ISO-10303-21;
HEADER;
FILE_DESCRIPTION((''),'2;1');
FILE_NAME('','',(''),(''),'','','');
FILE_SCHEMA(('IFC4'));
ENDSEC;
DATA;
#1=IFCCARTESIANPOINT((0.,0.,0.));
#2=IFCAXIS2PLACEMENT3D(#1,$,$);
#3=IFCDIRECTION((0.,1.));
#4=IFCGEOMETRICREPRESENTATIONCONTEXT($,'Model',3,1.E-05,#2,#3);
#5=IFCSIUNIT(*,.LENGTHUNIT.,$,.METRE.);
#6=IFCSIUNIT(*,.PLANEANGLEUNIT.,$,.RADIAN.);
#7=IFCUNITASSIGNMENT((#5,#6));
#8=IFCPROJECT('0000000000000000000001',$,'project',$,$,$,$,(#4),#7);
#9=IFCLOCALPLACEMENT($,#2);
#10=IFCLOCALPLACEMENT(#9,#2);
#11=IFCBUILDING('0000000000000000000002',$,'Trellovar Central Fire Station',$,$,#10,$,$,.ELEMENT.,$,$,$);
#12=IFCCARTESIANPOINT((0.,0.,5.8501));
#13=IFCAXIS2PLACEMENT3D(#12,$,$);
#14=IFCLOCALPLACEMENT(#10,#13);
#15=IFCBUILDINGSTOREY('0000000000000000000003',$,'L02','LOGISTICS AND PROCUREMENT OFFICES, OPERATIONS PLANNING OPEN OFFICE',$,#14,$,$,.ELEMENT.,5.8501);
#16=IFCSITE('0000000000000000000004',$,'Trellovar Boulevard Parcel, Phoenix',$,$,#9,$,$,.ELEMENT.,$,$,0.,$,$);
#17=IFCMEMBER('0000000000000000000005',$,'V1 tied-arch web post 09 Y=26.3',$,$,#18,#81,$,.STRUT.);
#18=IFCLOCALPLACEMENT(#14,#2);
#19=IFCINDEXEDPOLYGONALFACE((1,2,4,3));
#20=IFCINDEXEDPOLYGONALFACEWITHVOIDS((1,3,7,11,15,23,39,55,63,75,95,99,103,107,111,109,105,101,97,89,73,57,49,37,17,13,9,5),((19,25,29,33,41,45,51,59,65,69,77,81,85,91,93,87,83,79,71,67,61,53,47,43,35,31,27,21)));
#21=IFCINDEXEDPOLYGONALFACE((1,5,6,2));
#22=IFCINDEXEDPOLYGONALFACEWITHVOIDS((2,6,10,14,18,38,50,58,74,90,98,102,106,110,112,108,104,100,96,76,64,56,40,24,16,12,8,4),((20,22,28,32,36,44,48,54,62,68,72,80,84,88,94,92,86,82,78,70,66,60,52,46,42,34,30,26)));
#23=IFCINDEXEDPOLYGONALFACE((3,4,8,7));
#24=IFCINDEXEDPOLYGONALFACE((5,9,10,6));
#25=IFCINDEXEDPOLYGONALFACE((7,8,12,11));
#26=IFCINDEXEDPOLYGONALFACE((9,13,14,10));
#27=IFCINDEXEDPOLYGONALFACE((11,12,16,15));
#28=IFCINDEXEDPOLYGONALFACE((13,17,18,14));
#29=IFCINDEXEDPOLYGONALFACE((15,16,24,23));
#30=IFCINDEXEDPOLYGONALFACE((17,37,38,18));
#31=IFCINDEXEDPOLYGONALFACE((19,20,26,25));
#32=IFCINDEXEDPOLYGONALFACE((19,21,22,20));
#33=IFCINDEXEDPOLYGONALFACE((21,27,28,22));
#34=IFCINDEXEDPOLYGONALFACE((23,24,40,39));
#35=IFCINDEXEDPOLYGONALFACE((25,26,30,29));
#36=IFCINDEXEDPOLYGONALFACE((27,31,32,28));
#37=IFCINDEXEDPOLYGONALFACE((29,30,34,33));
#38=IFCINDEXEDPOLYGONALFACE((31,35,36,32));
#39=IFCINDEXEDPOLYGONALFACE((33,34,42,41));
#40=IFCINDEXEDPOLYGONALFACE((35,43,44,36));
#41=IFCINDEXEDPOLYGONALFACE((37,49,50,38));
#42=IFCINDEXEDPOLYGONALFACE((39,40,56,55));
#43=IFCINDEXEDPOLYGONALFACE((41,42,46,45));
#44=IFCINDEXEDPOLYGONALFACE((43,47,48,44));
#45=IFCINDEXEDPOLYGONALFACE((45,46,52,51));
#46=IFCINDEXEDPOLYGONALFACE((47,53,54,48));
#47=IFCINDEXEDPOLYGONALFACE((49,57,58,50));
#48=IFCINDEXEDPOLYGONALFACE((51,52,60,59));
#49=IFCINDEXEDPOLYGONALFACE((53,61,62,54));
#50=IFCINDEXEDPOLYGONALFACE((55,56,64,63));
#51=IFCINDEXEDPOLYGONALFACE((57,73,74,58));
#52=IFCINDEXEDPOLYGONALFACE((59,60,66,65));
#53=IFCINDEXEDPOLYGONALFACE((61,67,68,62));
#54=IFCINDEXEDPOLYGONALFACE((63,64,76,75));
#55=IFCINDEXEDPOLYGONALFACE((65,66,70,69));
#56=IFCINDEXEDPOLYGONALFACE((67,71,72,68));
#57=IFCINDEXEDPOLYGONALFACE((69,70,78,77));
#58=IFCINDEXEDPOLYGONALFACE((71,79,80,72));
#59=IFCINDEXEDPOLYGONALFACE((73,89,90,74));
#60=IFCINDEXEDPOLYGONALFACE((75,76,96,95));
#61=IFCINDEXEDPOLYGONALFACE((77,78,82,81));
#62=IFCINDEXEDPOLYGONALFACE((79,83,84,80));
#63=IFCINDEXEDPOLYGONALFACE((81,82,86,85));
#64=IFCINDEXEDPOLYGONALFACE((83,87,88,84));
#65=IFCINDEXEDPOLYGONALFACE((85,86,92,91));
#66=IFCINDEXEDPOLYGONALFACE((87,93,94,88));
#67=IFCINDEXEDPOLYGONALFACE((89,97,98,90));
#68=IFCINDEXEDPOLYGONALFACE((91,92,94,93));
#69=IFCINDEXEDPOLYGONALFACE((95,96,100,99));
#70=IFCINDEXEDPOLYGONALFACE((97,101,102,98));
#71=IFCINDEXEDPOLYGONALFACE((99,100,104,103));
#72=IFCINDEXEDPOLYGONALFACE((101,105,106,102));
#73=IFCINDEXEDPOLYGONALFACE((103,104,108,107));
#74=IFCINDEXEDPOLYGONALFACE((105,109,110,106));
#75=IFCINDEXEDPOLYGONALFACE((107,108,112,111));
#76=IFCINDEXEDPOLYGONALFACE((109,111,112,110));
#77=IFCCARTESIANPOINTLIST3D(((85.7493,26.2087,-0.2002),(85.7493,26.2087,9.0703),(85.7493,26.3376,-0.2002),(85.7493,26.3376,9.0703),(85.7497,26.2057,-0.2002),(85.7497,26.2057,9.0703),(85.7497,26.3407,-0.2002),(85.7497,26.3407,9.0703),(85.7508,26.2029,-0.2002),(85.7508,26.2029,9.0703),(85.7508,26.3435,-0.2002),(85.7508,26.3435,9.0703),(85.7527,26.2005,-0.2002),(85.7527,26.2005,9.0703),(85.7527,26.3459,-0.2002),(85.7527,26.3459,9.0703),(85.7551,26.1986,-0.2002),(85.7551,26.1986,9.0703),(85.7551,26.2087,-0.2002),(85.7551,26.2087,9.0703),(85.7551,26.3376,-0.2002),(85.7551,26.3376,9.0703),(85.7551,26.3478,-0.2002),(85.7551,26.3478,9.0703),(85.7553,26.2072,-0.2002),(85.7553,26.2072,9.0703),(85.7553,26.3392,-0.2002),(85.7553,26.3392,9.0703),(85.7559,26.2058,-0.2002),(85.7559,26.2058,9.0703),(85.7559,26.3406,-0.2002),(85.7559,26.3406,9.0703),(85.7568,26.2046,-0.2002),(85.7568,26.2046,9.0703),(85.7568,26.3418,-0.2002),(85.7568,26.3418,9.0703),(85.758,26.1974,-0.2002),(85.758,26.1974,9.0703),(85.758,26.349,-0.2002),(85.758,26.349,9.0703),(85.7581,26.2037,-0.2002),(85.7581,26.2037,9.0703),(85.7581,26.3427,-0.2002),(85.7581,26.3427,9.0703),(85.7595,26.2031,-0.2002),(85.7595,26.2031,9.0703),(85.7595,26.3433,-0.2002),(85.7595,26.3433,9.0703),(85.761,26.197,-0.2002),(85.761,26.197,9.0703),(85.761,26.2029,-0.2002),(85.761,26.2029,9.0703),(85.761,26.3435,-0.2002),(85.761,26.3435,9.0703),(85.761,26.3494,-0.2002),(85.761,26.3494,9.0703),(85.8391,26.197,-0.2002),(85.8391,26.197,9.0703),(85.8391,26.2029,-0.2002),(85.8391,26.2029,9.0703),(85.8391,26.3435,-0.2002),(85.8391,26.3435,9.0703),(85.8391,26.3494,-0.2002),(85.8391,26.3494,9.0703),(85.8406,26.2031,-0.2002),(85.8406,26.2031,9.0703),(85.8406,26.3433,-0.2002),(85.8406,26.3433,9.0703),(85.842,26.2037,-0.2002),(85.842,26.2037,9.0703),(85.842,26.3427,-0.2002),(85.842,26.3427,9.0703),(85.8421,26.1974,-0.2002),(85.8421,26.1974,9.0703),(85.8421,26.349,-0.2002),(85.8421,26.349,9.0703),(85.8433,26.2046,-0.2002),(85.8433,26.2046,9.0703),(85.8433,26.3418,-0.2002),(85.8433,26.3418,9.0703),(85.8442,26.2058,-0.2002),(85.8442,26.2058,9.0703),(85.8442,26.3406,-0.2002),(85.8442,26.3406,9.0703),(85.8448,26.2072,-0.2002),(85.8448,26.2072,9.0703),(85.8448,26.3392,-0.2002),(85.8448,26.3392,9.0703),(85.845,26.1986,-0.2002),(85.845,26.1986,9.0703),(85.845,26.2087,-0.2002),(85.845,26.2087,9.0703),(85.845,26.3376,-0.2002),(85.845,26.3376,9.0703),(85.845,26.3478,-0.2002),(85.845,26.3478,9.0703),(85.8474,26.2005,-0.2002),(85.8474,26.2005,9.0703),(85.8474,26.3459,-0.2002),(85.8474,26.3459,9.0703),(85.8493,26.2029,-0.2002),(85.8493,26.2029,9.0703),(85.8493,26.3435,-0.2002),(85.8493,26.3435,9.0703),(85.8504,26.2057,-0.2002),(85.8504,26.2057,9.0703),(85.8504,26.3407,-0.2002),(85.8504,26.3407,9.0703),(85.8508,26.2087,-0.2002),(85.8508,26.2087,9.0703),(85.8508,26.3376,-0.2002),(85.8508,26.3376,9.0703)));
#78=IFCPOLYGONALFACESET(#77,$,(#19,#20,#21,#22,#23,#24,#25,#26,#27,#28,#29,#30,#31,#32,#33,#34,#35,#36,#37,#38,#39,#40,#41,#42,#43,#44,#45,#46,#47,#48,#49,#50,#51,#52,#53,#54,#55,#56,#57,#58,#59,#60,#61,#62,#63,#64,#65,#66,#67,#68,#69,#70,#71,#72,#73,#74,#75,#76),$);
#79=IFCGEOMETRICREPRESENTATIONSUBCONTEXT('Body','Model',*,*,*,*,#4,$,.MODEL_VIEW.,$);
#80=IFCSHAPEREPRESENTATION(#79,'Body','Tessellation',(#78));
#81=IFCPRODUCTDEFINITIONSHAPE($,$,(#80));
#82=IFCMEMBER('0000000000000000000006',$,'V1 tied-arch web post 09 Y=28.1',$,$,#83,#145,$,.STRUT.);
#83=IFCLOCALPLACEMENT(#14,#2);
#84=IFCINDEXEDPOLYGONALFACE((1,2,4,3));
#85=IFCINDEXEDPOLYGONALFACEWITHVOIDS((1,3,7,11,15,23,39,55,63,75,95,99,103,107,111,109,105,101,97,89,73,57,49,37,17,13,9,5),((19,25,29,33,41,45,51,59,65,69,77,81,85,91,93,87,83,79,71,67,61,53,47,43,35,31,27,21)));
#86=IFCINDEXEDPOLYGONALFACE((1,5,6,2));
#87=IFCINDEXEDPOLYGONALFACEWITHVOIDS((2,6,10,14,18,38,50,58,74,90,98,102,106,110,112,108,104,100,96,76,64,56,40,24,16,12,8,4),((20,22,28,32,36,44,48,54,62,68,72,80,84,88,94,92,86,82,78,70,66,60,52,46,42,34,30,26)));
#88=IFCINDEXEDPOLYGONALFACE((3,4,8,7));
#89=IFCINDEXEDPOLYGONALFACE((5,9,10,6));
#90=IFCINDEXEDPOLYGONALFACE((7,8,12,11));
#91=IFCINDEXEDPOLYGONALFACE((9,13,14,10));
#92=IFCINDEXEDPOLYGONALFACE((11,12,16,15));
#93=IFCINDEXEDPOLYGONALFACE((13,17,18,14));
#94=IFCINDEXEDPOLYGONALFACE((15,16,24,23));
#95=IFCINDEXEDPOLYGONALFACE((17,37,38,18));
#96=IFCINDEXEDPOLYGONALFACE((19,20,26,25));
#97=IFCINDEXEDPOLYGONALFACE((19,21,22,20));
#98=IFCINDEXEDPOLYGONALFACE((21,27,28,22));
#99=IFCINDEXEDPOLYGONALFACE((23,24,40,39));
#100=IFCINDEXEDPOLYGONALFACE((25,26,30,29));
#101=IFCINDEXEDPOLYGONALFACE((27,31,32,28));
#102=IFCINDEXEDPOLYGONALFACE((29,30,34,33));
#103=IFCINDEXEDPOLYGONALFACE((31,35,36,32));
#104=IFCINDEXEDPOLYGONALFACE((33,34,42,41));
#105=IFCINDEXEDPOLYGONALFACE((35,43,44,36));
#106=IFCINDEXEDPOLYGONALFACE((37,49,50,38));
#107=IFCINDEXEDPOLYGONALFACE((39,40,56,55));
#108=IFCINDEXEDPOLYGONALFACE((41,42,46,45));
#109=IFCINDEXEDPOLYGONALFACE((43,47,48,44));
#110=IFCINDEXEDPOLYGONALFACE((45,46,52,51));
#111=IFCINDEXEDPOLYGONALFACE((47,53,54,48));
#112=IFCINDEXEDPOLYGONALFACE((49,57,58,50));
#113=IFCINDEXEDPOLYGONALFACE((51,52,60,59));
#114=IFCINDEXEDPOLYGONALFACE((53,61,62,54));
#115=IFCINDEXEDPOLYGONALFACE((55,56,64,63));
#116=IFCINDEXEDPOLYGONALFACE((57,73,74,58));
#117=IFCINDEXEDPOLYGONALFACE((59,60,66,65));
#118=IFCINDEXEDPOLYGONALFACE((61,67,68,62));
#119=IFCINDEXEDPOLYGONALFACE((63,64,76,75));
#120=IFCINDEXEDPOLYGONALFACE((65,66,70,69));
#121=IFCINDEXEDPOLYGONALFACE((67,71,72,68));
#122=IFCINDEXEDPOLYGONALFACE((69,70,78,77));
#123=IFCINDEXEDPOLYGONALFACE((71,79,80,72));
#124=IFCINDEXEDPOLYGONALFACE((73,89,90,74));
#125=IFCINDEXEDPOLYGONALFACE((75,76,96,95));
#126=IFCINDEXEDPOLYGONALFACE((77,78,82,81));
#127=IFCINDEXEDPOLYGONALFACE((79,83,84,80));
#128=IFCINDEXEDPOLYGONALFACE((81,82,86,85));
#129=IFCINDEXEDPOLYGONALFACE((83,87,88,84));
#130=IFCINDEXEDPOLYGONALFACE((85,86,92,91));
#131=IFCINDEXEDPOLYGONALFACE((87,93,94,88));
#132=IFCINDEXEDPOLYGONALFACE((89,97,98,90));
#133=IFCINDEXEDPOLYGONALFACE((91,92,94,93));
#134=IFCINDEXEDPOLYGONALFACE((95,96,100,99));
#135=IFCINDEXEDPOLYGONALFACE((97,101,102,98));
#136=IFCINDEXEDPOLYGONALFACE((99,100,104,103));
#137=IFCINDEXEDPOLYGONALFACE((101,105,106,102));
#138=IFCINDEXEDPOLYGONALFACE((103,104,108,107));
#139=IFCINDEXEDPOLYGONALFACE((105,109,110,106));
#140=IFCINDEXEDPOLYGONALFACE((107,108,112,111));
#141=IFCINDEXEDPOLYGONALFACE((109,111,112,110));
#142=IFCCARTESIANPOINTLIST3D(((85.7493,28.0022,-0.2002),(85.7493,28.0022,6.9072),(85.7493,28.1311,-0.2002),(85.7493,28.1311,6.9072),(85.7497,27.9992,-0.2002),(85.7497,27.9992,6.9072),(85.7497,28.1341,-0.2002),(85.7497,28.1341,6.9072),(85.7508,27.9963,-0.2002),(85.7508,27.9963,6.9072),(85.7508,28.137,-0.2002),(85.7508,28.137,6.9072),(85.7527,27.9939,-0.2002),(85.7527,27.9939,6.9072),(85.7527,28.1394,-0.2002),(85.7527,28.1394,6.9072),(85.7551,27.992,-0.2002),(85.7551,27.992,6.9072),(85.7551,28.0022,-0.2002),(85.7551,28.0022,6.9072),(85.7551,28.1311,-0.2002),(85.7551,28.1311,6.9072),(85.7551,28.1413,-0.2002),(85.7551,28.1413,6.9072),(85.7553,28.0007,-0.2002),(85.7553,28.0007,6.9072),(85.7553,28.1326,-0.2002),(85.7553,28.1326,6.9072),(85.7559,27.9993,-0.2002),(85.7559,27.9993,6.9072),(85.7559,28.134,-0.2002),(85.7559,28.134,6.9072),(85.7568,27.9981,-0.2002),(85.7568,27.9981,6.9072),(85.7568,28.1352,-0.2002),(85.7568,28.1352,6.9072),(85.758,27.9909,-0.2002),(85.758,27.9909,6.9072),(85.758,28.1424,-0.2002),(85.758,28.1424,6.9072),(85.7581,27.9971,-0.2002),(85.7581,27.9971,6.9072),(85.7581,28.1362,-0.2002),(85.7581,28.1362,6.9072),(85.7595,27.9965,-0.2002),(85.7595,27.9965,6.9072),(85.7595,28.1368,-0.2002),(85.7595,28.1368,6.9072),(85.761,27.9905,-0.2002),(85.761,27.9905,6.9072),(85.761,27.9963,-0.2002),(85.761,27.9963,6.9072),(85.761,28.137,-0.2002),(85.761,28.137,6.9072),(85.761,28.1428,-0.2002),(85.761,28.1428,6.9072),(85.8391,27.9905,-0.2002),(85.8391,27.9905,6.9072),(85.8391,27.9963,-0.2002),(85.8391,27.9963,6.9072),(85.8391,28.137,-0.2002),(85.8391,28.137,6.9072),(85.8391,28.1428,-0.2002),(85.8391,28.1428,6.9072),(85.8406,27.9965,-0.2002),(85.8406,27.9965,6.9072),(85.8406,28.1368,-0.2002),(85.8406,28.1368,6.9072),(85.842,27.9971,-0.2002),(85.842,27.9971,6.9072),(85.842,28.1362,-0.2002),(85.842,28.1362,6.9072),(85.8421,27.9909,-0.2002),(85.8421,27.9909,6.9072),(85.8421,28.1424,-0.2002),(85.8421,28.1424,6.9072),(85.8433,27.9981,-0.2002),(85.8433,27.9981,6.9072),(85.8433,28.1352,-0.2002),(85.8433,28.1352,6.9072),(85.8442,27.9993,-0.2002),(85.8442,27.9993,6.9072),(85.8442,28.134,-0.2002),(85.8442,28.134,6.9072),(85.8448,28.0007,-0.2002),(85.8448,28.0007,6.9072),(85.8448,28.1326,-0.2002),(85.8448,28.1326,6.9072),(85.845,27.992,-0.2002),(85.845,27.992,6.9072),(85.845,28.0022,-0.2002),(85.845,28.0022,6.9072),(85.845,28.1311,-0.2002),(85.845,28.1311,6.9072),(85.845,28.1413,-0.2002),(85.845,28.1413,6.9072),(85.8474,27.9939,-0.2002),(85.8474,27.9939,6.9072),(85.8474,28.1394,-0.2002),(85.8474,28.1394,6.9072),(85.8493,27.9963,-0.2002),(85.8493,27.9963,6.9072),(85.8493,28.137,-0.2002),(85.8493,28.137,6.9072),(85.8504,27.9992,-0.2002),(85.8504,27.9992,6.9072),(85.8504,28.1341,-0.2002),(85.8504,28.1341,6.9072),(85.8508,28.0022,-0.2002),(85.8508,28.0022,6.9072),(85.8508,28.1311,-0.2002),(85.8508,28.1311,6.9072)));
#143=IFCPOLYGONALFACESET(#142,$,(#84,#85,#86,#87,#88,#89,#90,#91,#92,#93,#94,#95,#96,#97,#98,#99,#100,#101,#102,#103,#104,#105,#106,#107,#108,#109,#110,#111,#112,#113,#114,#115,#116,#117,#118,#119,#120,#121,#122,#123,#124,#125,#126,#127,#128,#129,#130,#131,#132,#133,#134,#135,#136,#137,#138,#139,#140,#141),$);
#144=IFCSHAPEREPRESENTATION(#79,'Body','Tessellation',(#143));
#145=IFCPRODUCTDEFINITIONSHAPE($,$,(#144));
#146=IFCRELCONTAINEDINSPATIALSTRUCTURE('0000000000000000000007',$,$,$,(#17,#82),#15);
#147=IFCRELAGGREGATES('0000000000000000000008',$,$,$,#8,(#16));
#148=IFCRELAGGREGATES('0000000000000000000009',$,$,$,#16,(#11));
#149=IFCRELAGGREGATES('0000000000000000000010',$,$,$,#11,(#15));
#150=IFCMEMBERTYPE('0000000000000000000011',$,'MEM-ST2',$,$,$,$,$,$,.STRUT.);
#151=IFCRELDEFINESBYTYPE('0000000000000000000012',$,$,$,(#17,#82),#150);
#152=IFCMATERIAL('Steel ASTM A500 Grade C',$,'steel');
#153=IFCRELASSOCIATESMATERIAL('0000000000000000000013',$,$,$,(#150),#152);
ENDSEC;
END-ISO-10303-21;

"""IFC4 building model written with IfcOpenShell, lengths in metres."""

from ifc_helpers import new_model, si_unit, direction, frame, origin, origin_2d, place, context, subcontext, project, spatial, hollow_rectangle, extrude, material, material_profile, profile_set, type_object, element, save


model = new_model("IFC4")

# Units and contexts
model_context = context("Model", 3, precision=1e-05, world=origin(), true_north=direction((0.0, 1.0)))
body_context = subcontext(model_context, "Body", "Model", "MODEL_VIEW")
ifc_project = project(units=[si_unit("LENGTHUNIT", "METRE"), si_unit("PLANEANGLEUNIT", "RADIAN")], contexts=[model_context])

# Site, building, storey
site_placement = place(None, origin())
site = spatial("IfcSite", under=ifc_project, at=site_placement, Name="Trellovar Boulevard Parcel, Phoenix", CompositionType="ELEMENT", RefElevation=0.0)
building_placement = place(site_placement, origin())
building = spatial("IfcBuilding", under=site, at=building_placement, Name="Trellovar Central Fire Station", CompositionType="ELEMENT")
storey_placement = place(building_placement, frame((0.0, 0.0, 5.8501)))
storey = spatial("IfcBuildingStorey", under=building, at=storey_placement, Name="L02", Description="LOGISTICS AND PROCUREMENT OFFICES, OPERATIONS PLANNING OPEN OFFICE", CompositionType="ELEMENT", Elevation=5.8501)

# Members
ifc_material_1 = material(Name="Steel ASTM A500 Grade C", Category="steel")
ifc_material_profile_1 = material_profile(ifc_material_1, hollow_rectangle(XDim=0.1016, YDim=0.1523, WallThickness=0.0059, InnerFilletRadius=0.0059, OuterFilletRadius=0.0117, at=origin_2d()), Name="HSS6X4X1/4")
ifc_profile_set_1 = profile_set([ifc_material_profile_1], Name="Steel ASTM A500 Grade C")
member_type_1 = type_object("IfcMemberType", Name="MEM-ST2", PredefinedType="STRUT", material=ifc_profile_set_1)
member_1_placement = place(storey_placement, frame((85.8, 26.2732, -0.2002), z_axis=(0.0, 0.0, 1.0), x_axis=(1.0, 0.0, 0.0)))
element("IfcMember", 1, at=member_1_placement, inside=storey, type_object=member_type_1, Name="V1 tied-arch web post 09 Y=26.3", PredefinedType="STRUT", context=body_context, shape_type="SweptSolid", body=[
    extrude(hollow_rectangle(XDim=0.1016, YDim=0.1523, WallThickness=0.0059, InnerFilletRadius=0.0059, OuterFilletRadius=0.0117, at=origin_2d()), origin(), (0.0, 0.0, 1.0), 9.2705),
])
member_2_placement = place(storey_placement, frame((85.8, 28.0667, -0.2002), z_axis=(0.0, 0.0, 1.0), x_axis=(1.0, 0.0, 0.0)))
element("IfcMember", 2, at=member_2_placement, inside=storey, type_object=member_type_1, Name="V1 tied-arch web post 09 Y=28.1", PredefinedType="STRUT", context=body_context, shape_type="SweptSolid", body=[
    extrude(hollow_rectangle(XDim=0.1016, YDim=0.1523, WallThickness=0.0059, InnerFilletRadius=0.0059, OuterFilletRadius=0.0117, at=origin_2d()), origin(), (0.0, 0.0, 1.0), 7.1074),
])

save(model, "model.ifc")
